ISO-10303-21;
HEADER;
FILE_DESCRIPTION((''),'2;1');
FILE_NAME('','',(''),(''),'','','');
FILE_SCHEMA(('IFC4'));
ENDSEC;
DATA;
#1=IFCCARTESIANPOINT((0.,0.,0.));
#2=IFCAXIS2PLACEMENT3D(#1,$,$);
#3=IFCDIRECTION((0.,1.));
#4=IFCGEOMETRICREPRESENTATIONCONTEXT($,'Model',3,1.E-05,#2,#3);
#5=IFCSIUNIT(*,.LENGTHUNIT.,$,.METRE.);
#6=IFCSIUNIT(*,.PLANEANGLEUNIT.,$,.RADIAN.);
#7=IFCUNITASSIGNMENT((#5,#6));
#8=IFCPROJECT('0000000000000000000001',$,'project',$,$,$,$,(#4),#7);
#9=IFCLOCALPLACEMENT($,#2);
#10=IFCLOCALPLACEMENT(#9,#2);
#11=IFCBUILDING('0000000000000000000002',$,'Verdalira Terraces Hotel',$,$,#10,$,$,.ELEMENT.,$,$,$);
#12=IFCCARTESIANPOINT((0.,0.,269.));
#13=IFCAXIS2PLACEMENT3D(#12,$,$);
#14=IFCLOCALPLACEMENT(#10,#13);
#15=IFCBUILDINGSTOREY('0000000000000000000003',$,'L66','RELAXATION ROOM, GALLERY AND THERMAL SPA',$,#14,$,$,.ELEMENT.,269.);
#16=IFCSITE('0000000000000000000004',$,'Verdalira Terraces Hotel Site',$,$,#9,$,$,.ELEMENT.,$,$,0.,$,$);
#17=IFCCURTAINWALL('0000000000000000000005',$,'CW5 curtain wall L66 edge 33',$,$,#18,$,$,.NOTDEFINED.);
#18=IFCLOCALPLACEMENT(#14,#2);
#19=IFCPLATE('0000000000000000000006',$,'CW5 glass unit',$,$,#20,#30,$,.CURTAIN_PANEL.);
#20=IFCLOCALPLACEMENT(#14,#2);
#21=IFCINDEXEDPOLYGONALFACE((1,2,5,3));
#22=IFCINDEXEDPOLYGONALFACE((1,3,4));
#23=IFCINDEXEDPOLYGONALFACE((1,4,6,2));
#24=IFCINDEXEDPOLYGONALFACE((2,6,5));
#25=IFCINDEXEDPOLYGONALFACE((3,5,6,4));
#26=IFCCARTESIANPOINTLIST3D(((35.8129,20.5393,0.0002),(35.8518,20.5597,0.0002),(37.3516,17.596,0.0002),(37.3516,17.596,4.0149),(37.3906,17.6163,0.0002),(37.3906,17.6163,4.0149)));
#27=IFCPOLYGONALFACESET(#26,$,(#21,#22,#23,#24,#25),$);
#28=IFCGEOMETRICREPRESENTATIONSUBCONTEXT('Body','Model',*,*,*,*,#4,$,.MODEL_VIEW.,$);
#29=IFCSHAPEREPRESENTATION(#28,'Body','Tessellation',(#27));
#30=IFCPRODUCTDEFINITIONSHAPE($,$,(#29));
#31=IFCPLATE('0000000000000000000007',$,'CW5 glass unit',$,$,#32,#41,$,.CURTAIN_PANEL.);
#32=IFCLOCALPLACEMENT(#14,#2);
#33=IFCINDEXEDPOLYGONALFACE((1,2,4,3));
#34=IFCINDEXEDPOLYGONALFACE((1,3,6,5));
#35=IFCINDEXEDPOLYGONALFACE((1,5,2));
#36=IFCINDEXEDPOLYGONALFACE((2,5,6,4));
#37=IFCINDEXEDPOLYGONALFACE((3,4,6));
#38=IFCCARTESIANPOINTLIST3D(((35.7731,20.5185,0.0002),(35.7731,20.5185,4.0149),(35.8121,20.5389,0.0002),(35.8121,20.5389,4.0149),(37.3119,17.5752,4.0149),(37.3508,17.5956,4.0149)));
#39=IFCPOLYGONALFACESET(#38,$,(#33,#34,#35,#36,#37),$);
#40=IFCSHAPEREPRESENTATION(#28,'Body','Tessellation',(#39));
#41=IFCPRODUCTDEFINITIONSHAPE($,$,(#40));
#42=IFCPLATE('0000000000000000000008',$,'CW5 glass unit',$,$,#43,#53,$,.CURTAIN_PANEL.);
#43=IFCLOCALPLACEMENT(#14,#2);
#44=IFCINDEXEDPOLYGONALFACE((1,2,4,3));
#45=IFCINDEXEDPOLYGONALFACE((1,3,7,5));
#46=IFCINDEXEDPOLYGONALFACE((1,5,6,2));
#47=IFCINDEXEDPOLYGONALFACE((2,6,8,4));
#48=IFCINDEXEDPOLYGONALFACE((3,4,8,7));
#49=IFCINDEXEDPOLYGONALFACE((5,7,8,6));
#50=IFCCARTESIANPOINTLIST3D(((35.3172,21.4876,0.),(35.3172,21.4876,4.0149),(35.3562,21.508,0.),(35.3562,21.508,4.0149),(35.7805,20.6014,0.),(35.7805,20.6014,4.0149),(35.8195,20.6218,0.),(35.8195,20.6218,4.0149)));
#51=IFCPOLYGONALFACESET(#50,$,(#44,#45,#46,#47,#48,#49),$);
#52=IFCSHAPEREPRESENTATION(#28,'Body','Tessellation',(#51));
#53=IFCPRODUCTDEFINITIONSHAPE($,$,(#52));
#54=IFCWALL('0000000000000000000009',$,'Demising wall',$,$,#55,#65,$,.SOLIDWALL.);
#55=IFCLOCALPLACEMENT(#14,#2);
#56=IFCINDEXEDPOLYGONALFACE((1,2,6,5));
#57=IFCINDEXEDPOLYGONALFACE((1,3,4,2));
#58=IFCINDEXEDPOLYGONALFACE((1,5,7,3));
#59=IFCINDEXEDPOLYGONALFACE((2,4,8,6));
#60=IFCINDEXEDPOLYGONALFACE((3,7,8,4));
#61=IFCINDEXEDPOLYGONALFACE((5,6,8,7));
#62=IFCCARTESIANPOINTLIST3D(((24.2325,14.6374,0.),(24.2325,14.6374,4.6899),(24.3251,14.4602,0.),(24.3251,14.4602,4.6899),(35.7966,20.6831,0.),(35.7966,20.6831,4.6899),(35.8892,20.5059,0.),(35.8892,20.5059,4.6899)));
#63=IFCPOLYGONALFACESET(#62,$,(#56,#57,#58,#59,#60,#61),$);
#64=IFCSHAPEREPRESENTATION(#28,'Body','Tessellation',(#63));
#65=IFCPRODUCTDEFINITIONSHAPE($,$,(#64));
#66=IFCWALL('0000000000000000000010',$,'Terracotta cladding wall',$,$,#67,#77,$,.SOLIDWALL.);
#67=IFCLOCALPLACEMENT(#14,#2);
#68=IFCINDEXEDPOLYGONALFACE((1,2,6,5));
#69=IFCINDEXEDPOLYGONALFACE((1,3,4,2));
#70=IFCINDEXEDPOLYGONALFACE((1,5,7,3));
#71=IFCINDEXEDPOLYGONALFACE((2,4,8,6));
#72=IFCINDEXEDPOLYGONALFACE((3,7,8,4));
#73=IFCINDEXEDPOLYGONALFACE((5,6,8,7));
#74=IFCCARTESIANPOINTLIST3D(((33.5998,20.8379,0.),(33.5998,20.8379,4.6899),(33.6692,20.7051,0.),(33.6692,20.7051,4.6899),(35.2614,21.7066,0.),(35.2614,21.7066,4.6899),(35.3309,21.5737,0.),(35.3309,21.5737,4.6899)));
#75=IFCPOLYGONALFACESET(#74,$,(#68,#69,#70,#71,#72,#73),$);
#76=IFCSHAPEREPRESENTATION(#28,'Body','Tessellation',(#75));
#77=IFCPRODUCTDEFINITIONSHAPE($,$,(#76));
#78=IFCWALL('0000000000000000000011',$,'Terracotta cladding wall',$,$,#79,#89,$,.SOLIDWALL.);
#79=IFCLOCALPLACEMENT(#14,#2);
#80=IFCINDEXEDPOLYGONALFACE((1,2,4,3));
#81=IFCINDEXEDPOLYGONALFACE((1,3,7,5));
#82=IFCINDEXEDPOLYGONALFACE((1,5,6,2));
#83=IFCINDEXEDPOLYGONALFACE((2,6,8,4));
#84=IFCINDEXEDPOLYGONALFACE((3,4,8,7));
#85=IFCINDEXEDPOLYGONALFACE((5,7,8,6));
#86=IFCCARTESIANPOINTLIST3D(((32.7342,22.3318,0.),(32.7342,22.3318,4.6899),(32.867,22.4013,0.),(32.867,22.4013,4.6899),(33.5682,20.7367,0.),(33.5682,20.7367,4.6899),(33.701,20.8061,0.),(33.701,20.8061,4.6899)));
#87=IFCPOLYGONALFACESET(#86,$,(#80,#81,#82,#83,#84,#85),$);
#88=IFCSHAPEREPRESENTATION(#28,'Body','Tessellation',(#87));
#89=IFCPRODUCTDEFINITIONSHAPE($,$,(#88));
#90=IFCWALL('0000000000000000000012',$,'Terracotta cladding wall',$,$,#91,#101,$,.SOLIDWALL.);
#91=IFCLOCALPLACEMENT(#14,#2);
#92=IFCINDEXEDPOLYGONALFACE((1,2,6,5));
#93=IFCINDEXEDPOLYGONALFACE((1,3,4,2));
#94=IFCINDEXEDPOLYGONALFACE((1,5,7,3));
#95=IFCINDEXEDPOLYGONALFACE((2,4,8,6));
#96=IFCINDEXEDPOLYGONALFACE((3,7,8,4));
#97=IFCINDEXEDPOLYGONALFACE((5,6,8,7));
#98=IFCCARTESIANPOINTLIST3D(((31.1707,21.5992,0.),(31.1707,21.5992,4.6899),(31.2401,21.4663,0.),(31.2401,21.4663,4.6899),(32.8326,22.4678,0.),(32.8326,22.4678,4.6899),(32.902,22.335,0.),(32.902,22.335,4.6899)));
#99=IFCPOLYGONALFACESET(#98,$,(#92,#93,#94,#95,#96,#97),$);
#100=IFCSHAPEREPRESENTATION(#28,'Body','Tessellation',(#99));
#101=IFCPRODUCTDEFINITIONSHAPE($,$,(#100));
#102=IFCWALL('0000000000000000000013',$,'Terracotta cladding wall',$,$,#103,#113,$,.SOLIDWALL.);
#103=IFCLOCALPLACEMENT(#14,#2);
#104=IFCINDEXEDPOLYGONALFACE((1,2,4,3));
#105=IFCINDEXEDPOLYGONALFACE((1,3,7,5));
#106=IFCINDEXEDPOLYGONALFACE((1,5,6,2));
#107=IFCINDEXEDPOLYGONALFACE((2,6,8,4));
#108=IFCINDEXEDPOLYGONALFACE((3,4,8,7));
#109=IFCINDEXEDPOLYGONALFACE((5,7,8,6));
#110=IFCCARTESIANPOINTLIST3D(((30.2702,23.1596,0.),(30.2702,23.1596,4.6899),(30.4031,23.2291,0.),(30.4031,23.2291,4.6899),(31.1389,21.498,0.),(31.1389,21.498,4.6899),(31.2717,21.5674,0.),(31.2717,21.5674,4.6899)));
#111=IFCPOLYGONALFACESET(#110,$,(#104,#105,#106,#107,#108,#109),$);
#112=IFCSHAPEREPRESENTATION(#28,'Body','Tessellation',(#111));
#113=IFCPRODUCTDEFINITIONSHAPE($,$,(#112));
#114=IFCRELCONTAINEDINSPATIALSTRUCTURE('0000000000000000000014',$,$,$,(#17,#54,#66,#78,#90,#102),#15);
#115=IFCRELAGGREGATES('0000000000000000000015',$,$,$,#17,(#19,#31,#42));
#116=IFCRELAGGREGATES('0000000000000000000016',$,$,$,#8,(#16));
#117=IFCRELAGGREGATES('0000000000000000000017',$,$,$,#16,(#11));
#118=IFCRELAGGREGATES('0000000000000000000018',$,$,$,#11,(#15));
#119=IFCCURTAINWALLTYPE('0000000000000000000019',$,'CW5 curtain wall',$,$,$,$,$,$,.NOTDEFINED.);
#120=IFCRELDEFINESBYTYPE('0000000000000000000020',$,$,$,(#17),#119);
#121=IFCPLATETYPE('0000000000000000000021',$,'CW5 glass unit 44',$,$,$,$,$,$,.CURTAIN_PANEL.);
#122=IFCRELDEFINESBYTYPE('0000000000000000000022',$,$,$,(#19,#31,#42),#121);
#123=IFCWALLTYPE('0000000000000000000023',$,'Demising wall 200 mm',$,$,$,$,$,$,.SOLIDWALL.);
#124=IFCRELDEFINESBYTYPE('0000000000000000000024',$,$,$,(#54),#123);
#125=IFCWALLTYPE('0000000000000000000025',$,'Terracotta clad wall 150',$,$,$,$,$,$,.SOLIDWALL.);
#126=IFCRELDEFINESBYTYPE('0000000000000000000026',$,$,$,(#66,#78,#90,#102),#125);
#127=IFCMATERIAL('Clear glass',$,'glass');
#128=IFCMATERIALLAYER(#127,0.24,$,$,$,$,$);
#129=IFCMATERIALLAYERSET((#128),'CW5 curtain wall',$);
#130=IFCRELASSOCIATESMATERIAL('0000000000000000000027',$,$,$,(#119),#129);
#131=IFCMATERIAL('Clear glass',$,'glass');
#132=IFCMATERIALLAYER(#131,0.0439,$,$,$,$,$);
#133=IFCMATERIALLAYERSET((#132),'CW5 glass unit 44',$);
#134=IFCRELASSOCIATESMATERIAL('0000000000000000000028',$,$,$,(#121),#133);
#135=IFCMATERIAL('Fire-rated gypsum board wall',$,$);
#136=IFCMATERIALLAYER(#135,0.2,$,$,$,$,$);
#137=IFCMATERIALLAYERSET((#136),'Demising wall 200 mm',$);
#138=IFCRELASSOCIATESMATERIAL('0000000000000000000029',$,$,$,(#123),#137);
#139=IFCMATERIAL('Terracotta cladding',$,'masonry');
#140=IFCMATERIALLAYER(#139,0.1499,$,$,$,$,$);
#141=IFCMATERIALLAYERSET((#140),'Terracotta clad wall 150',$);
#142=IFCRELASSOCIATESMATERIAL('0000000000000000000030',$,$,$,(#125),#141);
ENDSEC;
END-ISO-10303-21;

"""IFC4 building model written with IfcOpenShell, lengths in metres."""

from ifc_helpers import new_model, si_unit, direction, frame, frame_2d, origin, origin_2d, place, context, subcontext, project, spatial, polyline, rectangle, outline, extrude, material, layer, layer_set, type_object, element, aggregate, save


model = new_model("IFC4")

# Units and contexts
model_context = context("Model", 3, precision=1e-05, world=origin(), true_north=direction((0.0, 1.0)))
body_context = subcontext(model_context, "Body", "Model", "MODEL_VIEW")
ifc_project = project(units=[si_unit("LENGTHUNIT", "METRE"), si_unit("PLANEANGLEUNIT", "RADIAN")], contexts=[model_context])

# Site, building, storey
site_placement = place(None, origin())
site = spatial("IfcSite", under=ifc_project, at=site_placement, Name="Verdalira Terraces Hotel Site", CompositionType="ELEMENT", RefElevation=0.0)
building_placement = place(site_placement, origin())
building = spatial("IfcBuilding", under=site, at=building_placement, Name="Verdalira Terraces Hotel", CompositionType="ELEMENT")
storey_placement = place(building_placement, frame((0.0, 0.0, 269.0)))
storey = spatial("IfcBuildingStorey", under=building, at=storey_placement, Name="L66", Description="RELAXATION ROOM, GALLERY AND THERMAL SPA", CompositionType="ELEMENT", Elevation=269.0)

# Curtain wall
ifc_material_1 = material(Name="Clear glass", Category="glass")
ifc_layer_1 = layer(ifc_material_1, 0.24)
ifc_layer_set_1 = layer_set([ifc_layer_1], Name="CW5 curtain wall")
curtain_wall_type = type_object("IfcCurtainWallType", Name="CW5 curtain wall", PredefinedType="NOTDEFINED", material=ifc_layer_set_1)
curtain_wall_1_placement = place(storey_placement, origin())
curtain_wall_1 = element("IfcCurtainWall", 1, at=curtain_wall_1_placement, inside=storey, type_object=curtain_wall_type, Name="CW5 curtain wall L66 edge 33", PredefinedType="NOTDEFINED")

# Plates
ifc_material_2 = material(Name="Clear glass", Category="glass")
ifc_layer_2 = layer(ifc_material_2, 0.0439)
ifc_layer_set_2 = layer_set([ifc_layer_2], Name="CW5 glass unit 44")
plate_type = type_object("IfcPlateType", Name="CW5 glass unit 44", PredefinedType="CURTAIN_PANEL", material=ifc_layer_set_2)
plate_1_placement = place(storey_placement, frame((36.5823, 19.0676, 2.0076), z_axis=(0.886204, 0.463296, 0.0), x_axis=(-0.463296, 0.886204, 0.0)))
plate_1 = element("IfcPlate", 2, at=plate_1_placement, type_object=plate_type, Name="CW5 glass unit", PredefinedType="CURTAIN_PANEL", context=body_context, shape_type="SweptSolid", body=[
    extrude(outline(polyline([(-1.6606, -2.0073), (1.6606, -2.0073), (-1.6606, 2.0073), (-1.6606, -2.0073)])), origin(), (0.0, 0.0, 1.0), 0.0439),
])
plate_2_placement = place(storey_placement, frame((36.5425, 19.0469, 2.0076), z_axis=(0.886204, 0.463296, 0.0), x_axis=(-0.463296, 0.886204, 0.0)))
plate_2 = element("IfcPlate", 3, at=plate_2_placement, type_object=plate_type, Name="CW5 glass unit", PredefinedType="CURTAIN_PANEL", context=body_context, shape_type="SweptSolid", body=[
    extrude(outline(polyline([(1.6606, -2.0073), (1.6606, 2.0073), (-1.6606, 2.0073), (1.6606, -2.0073)])), origin(), (0.0, 0.0, 1.0), 0.0439),
])
plate_3_placement = place(storey_placement, frame((35.5684, 21.0547, 0.0), z_axis=(0.0, 0.0, 1.0), x_axis=(-0.463296, 0.886204, 0.0)))
plate_3 = element("IfcPlate", 4, at=plate_3_placement, type_object=plate_type, Name="CW5 glass unit", PredefinedType="CURTAIN_PANEL", context=body_context, shape_type="SweptSolid", body=[
    extrude(rectangle(XDim=1.0, YDim=0.0439, at=origin_2d()), origin(), (0.0, 0.0, 1.0), 4.0149),
])
aggregate(curtain_wall_1, [plate_1, plate_2, plate_3])

# Walls
ifc_material_3 = material(Name="Fire-rated gypsum board wall")
ifc_layer_3 = layer(ifc_material_3, 0.2)
ifc_layer_set_3 = layer_set([ifc_layer_3], Name="Demising wall 200 mm")
wall_type_1 = type_object("IfcWallType", Name="Demising wall 200 mm", PredefinedType="SOLIDWALL", material=ifc_layer_set_3)
wall_1_placement = place(storey_placement, frame((35.8428, 20.5945, 0.0), z_axis=(0.0, 0.0, 1.0), x_axis=(-0.886199, -0.463306, 0.0)))
element("IfcWall", 5, at=wall_1_placement, inside=storey, type_object=wall_type_1, Name="Demising wall", PredefinedType="SOLIDWALL", context=body_context, shape_type="SweptSolid", body=[
    extrude(rectangle(XDim=13.0491, YDim=0.2, at=frame_2d((6.5244, 0.0))), origin(), (0.0, 0.0, 1.0), 4.6899),
])
ifc_material_4 = material(Name="Terracotta cladding", Category="masonry")
ifc_layer_4 = layer(ifc_material_4, 0.1499)
ifc_layer_set_4 = layer_set([ifc_layer_4], Name="Terracotta clad wall 150")
wall_type_2 = type_object("IfcWallType", Name="Terracotta clad wall 150", PredefinedType="SOLIDWALL", material=ifc_layer_set_4)
wall_2_placement = place(storey_placement, frame((35.2961, 21.6401, 0.0), z_axis=(0.0, 0.0, 1.0), x_axis=(-0.886208, -0.463287, 0.0)))
element("IfcWall", 6, at=wall_2_placement, inside=storey, type_object=wall_type_2, Name="Terracotta cladding wall", PredefinedType="SOLIDWALL", context=body_context, shape_type="SweptSolid", body=[
    extrude(rectangle(XDim=1.875, YDim=0.1499, at=frame_2d((0.9375, 0.0))), origin(), (0.0, 0.0, 1.0), 4.6899),
])
wall_3_placement = place(storey_placement, frame((33.6345, 20.7715, 0.0), z_axis=(0.0, 0.0, 1.0), x_axis=(-0.463307, 0.886198, 0.0)))
element("IfcWall", 7, at=wall_3_placement, inside=storey, type_object=wall_type_2, Name="Terracotta cladding wall", PredefinedType="SOLIDWALL", context=body_context, shape_type="SweptSolid", body=[
    extrude(rectangle(XDim=1.8, YDim=0.1499, at=frame_2d((0.8999, 0.0))), origin(), (0.0, 0.0, 1.0), 4.6899),
])
wall_4_placement = place(storey_placement, frame((32.8672, 22.4014, 0.0), z_axis=(0.0, 0.0, 1.0), x_axis=(-0.886236, -0.463233, 0.0)))
element("IfcWall", 8, at=wall_4_placement, inside=storey, type_object=wall_type_2, Name="Terracotta cladding wall", PredefinedType="SOLIDWALL", context=body_context, shape_type="SweptSolid", body=[
    extrude(rectangle(XDim=1.8752, YDim=0.1499, at=frame_2d((0.9375, 0.0))), origin(), (0.0, 0.0, 1.0), 4.6899),
])
wall_5_placement = place(storey_placement, frame((31.2053, 21.5327, 0.0), z_axis=(0.0, 0.0, 1.0), x_axis=(-0.463287, 0.886208, 0.0)))
element("IfcWall", 9, at=wall_5_placement, inside=storey, type_object=wall_type_2, Name="Terracotta cladding wall", PredefinedType="SOLIDWALL", context=body_context, shape_type="SweptSolid", body=[
    extrude(rectangle(XDim=1.875, YDim=0.1499, at=frame_2d((0.9375, 0.0))), origin(), (0.0, 0.0, 1.0), 4.6899),
])

save(model, "model.ifc")
